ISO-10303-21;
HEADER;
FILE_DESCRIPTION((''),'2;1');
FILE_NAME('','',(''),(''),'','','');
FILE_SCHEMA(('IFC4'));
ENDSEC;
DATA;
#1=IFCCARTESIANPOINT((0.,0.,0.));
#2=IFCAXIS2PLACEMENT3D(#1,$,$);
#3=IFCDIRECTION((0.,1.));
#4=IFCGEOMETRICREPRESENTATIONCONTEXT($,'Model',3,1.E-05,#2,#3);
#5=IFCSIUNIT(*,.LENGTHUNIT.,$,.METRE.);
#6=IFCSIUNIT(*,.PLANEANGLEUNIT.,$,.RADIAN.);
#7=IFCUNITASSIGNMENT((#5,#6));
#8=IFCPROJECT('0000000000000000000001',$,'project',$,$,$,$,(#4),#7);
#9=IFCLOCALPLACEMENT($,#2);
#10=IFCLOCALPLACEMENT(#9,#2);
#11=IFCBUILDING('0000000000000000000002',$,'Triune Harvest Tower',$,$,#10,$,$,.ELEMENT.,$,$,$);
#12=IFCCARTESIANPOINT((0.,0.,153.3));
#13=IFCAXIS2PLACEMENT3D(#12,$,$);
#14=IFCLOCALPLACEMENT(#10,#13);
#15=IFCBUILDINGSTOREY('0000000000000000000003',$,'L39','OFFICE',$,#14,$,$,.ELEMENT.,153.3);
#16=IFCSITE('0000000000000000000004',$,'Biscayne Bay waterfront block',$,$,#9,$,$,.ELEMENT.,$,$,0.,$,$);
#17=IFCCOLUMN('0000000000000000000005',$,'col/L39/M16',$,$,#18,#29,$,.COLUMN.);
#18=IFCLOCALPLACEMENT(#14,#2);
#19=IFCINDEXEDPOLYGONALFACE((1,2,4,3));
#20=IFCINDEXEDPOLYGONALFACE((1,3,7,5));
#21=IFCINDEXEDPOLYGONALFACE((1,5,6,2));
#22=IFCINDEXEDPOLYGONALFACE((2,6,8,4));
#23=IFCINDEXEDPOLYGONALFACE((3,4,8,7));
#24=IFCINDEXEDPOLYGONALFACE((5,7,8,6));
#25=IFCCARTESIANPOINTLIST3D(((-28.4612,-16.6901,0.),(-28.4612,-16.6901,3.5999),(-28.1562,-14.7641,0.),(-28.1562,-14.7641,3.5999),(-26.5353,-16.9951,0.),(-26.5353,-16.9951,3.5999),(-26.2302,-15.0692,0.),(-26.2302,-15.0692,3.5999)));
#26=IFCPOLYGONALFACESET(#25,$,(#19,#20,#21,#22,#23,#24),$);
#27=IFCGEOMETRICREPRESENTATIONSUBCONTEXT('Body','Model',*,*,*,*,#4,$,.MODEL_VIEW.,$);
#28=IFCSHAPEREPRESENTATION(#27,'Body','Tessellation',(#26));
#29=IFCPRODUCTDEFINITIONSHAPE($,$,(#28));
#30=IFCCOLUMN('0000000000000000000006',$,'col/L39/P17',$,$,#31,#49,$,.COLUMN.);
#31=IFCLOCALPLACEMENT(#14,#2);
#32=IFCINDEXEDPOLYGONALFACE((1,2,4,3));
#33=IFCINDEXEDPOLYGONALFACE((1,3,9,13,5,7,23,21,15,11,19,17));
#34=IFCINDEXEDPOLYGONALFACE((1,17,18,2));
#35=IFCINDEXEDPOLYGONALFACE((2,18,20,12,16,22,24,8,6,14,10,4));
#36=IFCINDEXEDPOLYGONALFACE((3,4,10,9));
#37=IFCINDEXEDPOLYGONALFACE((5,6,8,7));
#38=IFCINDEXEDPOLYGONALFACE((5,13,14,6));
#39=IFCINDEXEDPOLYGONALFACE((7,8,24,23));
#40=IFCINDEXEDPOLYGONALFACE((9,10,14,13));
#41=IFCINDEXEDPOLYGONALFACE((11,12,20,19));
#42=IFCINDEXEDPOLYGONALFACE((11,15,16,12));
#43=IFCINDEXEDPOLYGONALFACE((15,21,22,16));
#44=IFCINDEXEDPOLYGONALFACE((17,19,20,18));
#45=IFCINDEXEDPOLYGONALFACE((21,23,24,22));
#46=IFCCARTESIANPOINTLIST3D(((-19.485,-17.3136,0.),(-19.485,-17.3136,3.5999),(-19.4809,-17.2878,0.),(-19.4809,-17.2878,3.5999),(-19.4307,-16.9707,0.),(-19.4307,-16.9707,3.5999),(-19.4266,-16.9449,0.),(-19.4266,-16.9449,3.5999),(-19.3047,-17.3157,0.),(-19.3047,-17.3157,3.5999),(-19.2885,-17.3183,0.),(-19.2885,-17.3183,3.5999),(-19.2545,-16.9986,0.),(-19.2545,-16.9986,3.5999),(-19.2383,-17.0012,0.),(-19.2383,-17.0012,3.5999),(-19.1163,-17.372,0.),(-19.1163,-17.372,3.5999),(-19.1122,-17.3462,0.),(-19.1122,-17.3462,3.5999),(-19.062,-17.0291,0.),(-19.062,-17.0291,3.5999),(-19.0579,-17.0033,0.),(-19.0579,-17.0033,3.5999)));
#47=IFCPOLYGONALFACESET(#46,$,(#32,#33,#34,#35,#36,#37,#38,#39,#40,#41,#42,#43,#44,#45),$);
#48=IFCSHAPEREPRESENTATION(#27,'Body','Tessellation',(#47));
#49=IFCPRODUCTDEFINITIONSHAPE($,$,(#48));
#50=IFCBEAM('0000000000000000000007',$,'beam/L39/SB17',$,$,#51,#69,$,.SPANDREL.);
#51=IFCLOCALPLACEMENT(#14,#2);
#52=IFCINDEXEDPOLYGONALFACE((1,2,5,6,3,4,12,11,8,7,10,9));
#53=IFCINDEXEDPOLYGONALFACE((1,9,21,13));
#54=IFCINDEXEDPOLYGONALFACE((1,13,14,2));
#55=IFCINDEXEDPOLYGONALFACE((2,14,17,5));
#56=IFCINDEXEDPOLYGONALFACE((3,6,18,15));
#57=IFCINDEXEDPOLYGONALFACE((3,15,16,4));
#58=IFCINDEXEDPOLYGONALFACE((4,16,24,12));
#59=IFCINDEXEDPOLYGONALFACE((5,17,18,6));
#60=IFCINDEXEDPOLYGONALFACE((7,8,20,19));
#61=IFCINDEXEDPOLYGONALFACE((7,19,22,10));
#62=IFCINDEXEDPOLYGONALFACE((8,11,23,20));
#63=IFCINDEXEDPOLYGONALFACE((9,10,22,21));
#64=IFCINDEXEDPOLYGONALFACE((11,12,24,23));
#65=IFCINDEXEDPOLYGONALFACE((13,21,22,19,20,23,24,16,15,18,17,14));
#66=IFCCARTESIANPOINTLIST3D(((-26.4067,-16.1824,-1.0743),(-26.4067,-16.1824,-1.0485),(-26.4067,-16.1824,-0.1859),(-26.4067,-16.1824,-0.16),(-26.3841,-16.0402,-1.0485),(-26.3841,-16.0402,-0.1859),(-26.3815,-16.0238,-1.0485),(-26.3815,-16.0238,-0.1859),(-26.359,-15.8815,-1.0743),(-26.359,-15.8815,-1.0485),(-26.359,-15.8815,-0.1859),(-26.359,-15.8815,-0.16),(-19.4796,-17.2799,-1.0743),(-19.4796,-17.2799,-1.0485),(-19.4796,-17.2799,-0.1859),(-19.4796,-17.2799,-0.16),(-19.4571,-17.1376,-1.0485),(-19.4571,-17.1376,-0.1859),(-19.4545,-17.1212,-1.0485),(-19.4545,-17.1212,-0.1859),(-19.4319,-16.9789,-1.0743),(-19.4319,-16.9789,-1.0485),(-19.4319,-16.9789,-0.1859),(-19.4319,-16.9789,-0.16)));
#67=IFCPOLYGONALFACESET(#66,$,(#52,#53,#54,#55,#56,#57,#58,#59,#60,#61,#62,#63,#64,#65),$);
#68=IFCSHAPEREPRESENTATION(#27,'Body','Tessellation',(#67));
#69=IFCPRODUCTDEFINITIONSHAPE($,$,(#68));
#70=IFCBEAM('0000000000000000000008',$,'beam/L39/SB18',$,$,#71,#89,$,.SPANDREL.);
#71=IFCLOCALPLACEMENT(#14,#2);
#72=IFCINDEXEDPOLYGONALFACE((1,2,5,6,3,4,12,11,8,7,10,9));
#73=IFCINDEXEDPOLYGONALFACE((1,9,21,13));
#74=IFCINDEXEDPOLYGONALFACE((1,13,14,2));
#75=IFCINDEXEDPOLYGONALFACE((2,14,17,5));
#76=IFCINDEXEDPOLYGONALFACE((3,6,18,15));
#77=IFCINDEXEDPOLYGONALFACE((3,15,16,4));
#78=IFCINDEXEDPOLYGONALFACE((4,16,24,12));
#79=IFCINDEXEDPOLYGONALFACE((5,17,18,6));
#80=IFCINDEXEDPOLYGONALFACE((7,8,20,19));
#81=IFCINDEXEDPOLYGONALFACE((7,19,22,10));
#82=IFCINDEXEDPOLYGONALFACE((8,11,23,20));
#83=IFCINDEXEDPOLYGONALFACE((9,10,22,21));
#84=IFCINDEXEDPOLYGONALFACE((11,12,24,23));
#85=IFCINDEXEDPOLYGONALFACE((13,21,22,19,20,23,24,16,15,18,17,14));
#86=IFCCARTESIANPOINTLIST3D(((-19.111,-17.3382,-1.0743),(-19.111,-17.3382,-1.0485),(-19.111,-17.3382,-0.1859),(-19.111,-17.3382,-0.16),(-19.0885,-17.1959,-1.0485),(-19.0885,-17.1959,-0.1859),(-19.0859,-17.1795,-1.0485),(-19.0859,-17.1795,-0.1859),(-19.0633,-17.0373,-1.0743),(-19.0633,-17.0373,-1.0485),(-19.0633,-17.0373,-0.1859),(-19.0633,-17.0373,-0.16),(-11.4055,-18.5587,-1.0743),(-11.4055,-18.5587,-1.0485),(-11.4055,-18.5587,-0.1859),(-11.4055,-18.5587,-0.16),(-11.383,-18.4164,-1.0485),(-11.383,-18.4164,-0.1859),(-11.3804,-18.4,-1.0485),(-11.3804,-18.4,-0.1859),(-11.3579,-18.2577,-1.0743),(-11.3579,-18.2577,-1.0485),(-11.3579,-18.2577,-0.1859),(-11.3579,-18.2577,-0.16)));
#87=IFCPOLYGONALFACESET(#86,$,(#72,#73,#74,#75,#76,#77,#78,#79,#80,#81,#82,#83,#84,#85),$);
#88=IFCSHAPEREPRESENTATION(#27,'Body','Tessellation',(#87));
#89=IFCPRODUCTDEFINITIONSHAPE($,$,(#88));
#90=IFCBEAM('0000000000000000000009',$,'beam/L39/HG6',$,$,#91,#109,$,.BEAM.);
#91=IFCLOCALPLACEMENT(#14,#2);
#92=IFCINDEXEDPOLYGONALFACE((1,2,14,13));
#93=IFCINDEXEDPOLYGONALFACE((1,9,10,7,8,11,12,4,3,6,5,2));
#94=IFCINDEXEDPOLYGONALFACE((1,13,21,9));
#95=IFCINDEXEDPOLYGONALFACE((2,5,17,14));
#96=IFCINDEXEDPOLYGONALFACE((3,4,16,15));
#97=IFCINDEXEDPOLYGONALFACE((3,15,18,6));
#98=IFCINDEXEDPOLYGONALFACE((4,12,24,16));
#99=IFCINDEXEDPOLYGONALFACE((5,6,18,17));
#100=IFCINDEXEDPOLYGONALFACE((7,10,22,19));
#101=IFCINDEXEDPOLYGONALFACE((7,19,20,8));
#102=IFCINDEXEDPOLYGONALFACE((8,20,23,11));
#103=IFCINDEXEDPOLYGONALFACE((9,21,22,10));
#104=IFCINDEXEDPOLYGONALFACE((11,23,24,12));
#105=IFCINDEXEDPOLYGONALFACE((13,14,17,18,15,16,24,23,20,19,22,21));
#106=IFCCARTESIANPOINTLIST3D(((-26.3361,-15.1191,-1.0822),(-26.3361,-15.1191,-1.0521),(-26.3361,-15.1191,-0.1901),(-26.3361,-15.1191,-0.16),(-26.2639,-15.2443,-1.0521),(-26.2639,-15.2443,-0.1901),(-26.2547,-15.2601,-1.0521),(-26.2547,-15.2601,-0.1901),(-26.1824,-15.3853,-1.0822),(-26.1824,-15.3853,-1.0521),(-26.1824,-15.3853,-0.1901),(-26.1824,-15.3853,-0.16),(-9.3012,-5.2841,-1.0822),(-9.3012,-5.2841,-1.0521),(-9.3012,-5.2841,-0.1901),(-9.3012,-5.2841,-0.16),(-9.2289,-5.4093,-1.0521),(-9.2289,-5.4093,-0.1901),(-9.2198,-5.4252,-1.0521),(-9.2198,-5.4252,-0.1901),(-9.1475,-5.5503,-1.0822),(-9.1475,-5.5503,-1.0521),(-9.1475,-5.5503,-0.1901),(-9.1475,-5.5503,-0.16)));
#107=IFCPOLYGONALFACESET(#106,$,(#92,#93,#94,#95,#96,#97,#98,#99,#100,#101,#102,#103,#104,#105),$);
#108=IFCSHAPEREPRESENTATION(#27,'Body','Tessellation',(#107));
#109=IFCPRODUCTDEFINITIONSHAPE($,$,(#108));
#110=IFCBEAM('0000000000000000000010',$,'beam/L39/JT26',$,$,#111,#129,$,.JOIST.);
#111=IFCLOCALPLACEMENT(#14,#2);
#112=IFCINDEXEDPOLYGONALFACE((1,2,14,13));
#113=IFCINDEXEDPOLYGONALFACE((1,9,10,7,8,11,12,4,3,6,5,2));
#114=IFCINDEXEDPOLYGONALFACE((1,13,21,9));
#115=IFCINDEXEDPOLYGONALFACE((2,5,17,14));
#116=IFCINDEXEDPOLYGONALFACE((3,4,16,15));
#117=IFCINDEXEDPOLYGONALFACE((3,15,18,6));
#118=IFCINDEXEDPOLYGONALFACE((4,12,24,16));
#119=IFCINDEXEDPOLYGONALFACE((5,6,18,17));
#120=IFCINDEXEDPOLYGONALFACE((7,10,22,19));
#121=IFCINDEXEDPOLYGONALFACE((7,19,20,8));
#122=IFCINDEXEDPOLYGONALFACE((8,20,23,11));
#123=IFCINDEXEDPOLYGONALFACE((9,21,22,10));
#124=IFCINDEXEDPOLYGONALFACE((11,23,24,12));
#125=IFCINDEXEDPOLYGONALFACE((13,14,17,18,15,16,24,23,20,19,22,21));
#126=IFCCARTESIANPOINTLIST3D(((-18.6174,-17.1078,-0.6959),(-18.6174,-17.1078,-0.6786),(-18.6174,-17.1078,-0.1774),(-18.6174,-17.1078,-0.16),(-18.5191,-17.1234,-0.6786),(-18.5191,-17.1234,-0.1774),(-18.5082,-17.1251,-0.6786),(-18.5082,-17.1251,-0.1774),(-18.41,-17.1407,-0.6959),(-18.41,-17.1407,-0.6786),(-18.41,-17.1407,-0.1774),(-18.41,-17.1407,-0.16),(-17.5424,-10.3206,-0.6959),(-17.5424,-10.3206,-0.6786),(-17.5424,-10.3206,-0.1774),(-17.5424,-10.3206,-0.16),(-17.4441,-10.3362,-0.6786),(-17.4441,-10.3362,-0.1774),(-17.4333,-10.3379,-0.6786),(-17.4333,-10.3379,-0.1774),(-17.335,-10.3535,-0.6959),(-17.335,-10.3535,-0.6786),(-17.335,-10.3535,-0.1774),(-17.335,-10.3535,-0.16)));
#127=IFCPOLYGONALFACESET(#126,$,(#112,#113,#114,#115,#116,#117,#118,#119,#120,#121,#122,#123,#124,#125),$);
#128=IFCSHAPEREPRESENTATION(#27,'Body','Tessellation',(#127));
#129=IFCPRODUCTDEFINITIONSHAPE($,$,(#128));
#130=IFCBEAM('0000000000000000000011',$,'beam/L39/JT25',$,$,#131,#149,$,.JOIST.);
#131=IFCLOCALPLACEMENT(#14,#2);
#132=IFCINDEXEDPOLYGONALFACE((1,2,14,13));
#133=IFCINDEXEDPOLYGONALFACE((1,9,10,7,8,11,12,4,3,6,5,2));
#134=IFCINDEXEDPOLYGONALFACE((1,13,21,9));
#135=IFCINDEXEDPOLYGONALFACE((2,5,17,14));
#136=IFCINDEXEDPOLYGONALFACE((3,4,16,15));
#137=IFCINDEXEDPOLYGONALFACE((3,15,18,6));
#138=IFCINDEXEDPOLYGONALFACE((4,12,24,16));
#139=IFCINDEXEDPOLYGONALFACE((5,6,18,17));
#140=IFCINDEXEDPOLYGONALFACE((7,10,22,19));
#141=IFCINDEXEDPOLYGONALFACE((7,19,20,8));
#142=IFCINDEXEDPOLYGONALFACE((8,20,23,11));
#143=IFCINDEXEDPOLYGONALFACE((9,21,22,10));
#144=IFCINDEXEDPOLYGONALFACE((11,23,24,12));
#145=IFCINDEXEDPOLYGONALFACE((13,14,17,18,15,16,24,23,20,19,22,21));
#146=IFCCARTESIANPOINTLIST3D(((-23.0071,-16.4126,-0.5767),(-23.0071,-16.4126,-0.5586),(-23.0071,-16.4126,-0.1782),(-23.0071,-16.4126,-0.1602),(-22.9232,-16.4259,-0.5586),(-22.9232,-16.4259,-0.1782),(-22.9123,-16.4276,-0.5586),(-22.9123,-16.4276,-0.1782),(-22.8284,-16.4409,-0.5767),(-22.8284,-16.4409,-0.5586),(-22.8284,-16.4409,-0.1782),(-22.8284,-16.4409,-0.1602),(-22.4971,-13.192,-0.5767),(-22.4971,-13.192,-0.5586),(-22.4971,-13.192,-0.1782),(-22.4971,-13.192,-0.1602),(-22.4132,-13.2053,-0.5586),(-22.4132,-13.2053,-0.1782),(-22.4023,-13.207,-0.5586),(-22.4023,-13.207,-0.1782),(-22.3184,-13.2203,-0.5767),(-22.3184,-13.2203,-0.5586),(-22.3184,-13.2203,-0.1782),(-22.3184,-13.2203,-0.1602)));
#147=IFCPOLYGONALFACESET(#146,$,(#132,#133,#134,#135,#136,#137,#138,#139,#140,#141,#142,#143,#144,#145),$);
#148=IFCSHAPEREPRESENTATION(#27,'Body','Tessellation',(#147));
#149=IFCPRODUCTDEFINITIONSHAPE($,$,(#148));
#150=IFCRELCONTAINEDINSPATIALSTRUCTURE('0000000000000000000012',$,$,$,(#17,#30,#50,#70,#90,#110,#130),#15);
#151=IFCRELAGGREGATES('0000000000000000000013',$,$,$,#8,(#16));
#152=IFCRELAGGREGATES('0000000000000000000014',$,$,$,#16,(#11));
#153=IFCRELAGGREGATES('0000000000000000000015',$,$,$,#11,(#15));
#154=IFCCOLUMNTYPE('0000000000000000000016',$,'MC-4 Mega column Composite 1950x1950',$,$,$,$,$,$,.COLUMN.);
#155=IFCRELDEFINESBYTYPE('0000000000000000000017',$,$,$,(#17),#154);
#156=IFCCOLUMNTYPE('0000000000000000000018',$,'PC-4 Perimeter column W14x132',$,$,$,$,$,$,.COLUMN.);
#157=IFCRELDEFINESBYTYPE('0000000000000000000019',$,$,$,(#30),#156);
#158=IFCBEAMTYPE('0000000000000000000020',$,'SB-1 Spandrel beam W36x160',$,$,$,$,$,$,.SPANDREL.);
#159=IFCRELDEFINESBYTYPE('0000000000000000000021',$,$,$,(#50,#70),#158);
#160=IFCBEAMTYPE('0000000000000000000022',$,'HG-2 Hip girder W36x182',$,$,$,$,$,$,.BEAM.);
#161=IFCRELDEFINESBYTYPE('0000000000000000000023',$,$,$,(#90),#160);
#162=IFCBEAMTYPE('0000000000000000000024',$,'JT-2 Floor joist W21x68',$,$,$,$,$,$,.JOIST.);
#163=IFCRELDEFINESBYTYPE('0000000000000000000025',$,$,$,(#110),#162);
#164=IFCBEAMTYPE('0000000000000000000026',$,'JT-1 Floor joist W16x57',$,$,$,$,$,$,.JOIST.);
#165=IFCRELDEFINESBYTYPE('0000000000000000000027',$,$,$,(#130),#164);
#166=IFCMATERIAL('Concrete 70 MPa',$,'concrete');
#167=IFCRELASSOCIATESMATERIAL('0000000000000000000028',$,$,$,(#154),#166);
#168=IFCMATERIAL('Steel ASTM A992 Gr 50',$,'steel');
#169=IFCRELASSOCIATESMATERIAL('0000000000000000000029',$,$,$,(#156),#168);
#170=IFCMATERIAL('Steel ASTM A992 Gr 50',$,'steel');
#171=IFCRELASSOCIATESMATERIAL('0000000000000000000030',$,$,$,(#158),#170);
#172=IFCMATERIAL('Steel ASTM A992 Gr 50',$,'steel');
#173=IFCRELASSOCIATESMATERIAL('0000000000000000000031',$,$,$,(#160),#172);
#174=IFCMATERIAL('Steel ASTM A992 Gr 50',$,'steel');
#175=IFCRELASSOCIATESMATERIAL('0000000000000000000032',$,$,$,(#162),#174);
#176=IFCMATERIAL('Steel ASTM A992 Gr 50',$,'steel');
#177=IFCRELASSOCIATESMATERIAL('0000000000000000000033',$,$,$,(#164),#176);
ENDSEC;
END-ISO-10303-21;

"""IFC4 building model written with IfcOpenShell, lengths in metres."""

from ifc_helpers import new_model, si_unit, direction, frame, origin, origin_2d, place, context, subcontext, project, spatial, rectangle, i_section, extrude, source, transform, mapped, material, material_profile, profile_set, type_object, element, save


model = new_model("IFC4")

# Units and contexts
model_context = context("Model", 3, precision=1e-05, world=origin(), true_north=direction((0.0, 1.0)))
body_context = subcontext(model_context, "Body", "Model", "MODEL_VIEW")
ifc_project = project(units=[si_unit("LENGTHUNIT", "METRE"), si_unit("PLANEANGLEUNIT", "RADIAN")], contexts=[model_context])

# Site, building, storey
site_placement = place(None, origin())
site = spatial("IfcSite", under=ifc_project, at=site_placement, Name="Biscayne Bay waterfront block", CompositionType="ELEMENT", RefElevation=0.0)
building_placement = place(site_placement, origin())
building = spatial("IfcBuilding", under=site, at=building_placement, Name="Triune Harvest Tower", CompositionType="ELEMENT")
storey_placement = place(building_placement, frame((0.0, 0.0, 153.3)))
storey = spatial("IfcBuildingStorey", under=building, at=storey_placement, Name="L39", Description="OFFICE", CompositionType="ELEMENT", Elevation=153.3)

# Columns
ifc_material_1 = material(Name="Concrete 70 MPa", Category="concrete")
ifc_material_profile_1 = material_profile(ifc_material_1, rectangle(XDim=1.95, YDim=1.95, at=origin_2d()), Name="Composite 1950x1950")
ifc_profile_set_1 = profile_set([ifc_material_profile_1], Name="Concrete 70 MPa")
column_type_1 = type_object("IfcColumnType", Name="MC-4 Mega column Composite 1950x1950", PredefinedType="COLUMN", material=ifc_profile_set_1)
shared_shape_1 = source(origin(), body_context, "Body", "SweptSolid", [
    extrude(rectangle(XDim=1.95, YDim=1.95, at=origin_2d()), origin(), (0.0, 0.0, 1.0), 3.5999),
])
column_1_placement = place(storey_placement, frame((-27.3457, -15.8796, 0.0), z_axis=(0.0, 0.0, 1.0), x_axis=(0.987688, -0.156434, 0.0)))
element("IfcColumn", 1, at=column_1_placement, inside=storey, type_object=column_type_1, Name="col/L39/M16", PredefinedType="COLUMN", context=body_context, shape_type="MappedRepresentation", body=[
    mapped(shared_shape_1, transform((0.0, 0.0, 0.0), scale=1.0)),
])
ifc_material_2 = material(Name="Steel ASTM A992 Gr 50", Category="steel")
ifc_material_profile_2 = material_profile(ifc_material_2, i_section(OverallWidth=0.3733, OverallDepth=0.3733, WebThickness=0.0164, FlangeThickness=0.0261, at=origin_2d()), Name="W14x132")
ifc_profile_set_2 = profile_set([ifc_material_profile_2], Name="Steel ASTM A992 Gr 50")
column_type_2 = type_object("IfcColumnType", Name="PC-4 Perimeter column W14x132", PredefinedType="COLUMN", material=ifc_profile_set_2)
shared_shape_2 = source(origin(), body_context, "Body", "SweptSolid", [
    extrude(i_section(OverallWidth=0.3733, OverallDepth=0.3733, WebThickness=0.0164, FlangeThickness=0.0261, at=origin_2d()), origin(), (0.0, 0.0, 1.0), 3.5999),
])
column_2_placement = place(storey_placement, frame((-19.2715, -17.1584, 0.0), z_axis=(0.0, 0.0, 1.0), x_axis=(0.987688, -0.156434, 0.0)))
element("IfcColumn", 2, at=column_2_placement, inside=storey, type_object=column_type_2, Name="col/L39/P17", PredefinedType="COLUMN", context=body_context, shape_type="MappedRepresentation", body=[
    mapped(shared_shape_2, transform((0.0, 0.0, 0.0), scale=1.0)),
])

# Beams
ifc_material_3 = material(Name="Steel ASTM A992 Gr 50", Category="steel")
ifc_material_profile_3 = material_profile(ifc_material_3, i_section(OverallWidth=0.3047, OverallDepth=0.9143, WebThickness=0.0166, FlangeThickness=0.0259, at=origin_2d()), Name="W36x160")
ifc_profile_set_3 = profile_set([ifc_material_profile_3], Name="Steel ASTM A992 Gr 50")
beam_type_1 = type_object("IfcBeamType", Name="SB-1 Spandrel beam W36x160", PredefinedType="SPANDREL", material=ifc_profile_set_3)
shared_shape_3 = source(origin(), body_context, "Body", "SweptSolid", [
    extrude(i_section(OverallWidth=0.3047, OverallDepth=0.9143, WebThickness=0.0166, FlangeThickness=0.0259, at=origin_2d()), origin(), (0.0, 0.0, 1.0), 7.0134),
])
beam_1_placement = place(storey_placement, frame((-26.3828, -16.032, -0.6172), z_axis=(0.987682, -0.156474, 0.0), x_axis=(0.156474, 0.987682, 0.0)))
element("IfcBeam", 3, at=beam_1_placement, inside=storey, type_object=beam_type_1, Name="beam/L39/SB17", PredefinedType="SPANDREL", context=body_context, shape_type="MappedRepresentation", body=[
    mapped(shared_shape_3, transform((0.0, 0.0, 0.0), scale=1.0)),
])
shared_shape_4 = source(origin(), body_context, "Body", "SweptSolid", [
    extrude(i_section(OverallWidth=0.3047, OverallDepth=0.9143, WebThickness=0.0166, FlangeThickness=0.0259, at=origin_2d()), origin(), (0.0, 0.0, 1.0), 7.8015),
])
beam_2_placement = place(storey_placement, frame((-19.0872, -17.1877, -0.6172), z_axis=(0.987688, -0.156437, 0.0), x_axis=(0.156437, 0.987688, 0.0)))
element("IfcBeam", 4, at=beam_2_placement, inside=storey, type_object=beam_type_1, Name="beam/L39/SB18", PredefinedType="SPANDREL", context=body_context, shape_type="MappedRepresentation", body=[
    mapped(shared_shape_4, transform((0.0, 0.0, 0.0), scale=1.0)),
])
ifc_material_4 = material(Name="Steel ASTM A992 Gr 50", Category="steel")
ifc_material_profile_4 = material_profile(ifc_material_4, i_section(OverallWidth=0.3074, OverallDepth=0.9221, WebThickness=0.0183, FlangeThickness=0.03, at=origin_2d()), Name="W36x182")
ifc_profile_set_4 = profile_set([ifc_material_profile_4], Name="Steel ASTM A992 Gr 50")
beam_type_2 = type_object("IfcBeamType", Name="HG-2 Hip girder W36x182", PredefinedType="BEAM", material=ifc_profile_set_4)
shared_shape_5 = source(origin(), body_context, "Body", "SweptSolid", [
    extrude(i_section(OverallWidth=0.3074, OverallDepth=0.9221, WebThickness=0.0183, FlangeThickness=0.03, at=origin_2d()), origin(), (0.0, 0.0, 1.0), 19.6702),
])
beam_3_placement = place(storey_placement, frame((-26.2593, -15.2522, -0.6211), z_axis=(0.866029, 0.499994, 0.0), x_axis=(-0.499994, 0.866029, 0.0)))
element("IfcBeam", 5, at=beam_3_placement, inside=storey, type_object=beam_type_2, Name="beam/L39/HG6", PredefinedType="BEAM", context=body_context, shape_type="MappedRepresentation", body=[
    mapped(shared_shape_5, transform((0.0, 0.0, 0.0), scale=1.0)),
])
ifc_material_5 = material(Name="Steel ASTM A992 Gr 50", Category="steel")
ifc_material_profile_5 = material_profile(ifc_material_5, i_section(OverallWidth=0.21, OverallDepth=0.5359, WebThickness=0.011, FlangeThickness=0.0173, at=origin_2d()), Name="W21x68")
ifc_profile_set_5 = profile_set([ifc_material_profile_5], Name="Steel ASTM A992 Gr 50")
beam_type_3 = type_object("IfcBeamType", Name="JT-2 Floor joist W21x68", PredefinedType="JOIST", material=ifc_profile_set_5)
shared_shape_6 = source(origin(), body_context, "Body", "SweptSolid", [
    extrude(i_section(OverallWidth=0.21, OverallDepth=0.5359, WebThickness=0.011, FlangeThickness=0.0173, at=origin_2d()), origin(), (0.0, 0.0, 1.0), 6.8718),
])
beam_4_placement = place(storey_placement, frame((-18.5137, -17.1243, -0.428), z_axis=(0.156431, 0.987689, 0.0), x_axis=(-0.987689, 0.156431, 0.0)))
element("IfcBeam", 6, at=beam_4_placement, inside=storey, type_object=beam_type_3, Name="beam/L39/JT26", PredefinedType="JOIST", context=body_context, shape_type="MappedRepresentation", body=[
    mapped(shared_shape_6, transform((0.0, 0.0, 0.0), scale=1.0)),
])
ifc_material_6 = material(Name="Steel ASTM A992 Gr 50", Category="steel")
ifc_material_profile_6 = material_profile(ifc_material_6, i_section(OverallWidth=0.1809, OverallDepth=0.4165, WebThickness=0.011, FlangeThickness=0.0181, at=origin_2d()), Name="W16x57")
ifc_profile_set_6 = profile_set([ifc_material_profile_6], Name="Steel ASTM A992 Gr 50")
beam_type_4 = type_object("IfcBeamType", Name="JT-1 Floor joist W16x57", PredefinedType="JOIST", material=ifc_profile_set_6)
shared_shape_7 = source(origin(), body_context, "Body", "SweptSolid", [
    extrude(i_section(OverallWidth=0.1809, OverallDepth=0.4165, WebThickness=0.011, FlangeThickness=0.0181, at=origin_2d()), origin(), (0.0, 0.0, 1.0), 3.2607),
])
beam_5_placement = place(storey_placement, frame((-22.9177, -16.4268, -0.3684), z_axis=(0.156405, 0.987693, 0.0), x_axis=(-0.987693, 0.156405, 0.0)))
element("IfcBeam", 7, at=beam_5_placement, inside=storey, type_object=beam_type_4, Name="beam/L39/JT25", PredefinedType="JOIST", context=body_context, shape_type="MappedRepresentation", body=[
    mapped(shared_shape_7, transform((0.0, 0.0, 0.0), scale=1.0)),
])

save(model, "model.ifc")
